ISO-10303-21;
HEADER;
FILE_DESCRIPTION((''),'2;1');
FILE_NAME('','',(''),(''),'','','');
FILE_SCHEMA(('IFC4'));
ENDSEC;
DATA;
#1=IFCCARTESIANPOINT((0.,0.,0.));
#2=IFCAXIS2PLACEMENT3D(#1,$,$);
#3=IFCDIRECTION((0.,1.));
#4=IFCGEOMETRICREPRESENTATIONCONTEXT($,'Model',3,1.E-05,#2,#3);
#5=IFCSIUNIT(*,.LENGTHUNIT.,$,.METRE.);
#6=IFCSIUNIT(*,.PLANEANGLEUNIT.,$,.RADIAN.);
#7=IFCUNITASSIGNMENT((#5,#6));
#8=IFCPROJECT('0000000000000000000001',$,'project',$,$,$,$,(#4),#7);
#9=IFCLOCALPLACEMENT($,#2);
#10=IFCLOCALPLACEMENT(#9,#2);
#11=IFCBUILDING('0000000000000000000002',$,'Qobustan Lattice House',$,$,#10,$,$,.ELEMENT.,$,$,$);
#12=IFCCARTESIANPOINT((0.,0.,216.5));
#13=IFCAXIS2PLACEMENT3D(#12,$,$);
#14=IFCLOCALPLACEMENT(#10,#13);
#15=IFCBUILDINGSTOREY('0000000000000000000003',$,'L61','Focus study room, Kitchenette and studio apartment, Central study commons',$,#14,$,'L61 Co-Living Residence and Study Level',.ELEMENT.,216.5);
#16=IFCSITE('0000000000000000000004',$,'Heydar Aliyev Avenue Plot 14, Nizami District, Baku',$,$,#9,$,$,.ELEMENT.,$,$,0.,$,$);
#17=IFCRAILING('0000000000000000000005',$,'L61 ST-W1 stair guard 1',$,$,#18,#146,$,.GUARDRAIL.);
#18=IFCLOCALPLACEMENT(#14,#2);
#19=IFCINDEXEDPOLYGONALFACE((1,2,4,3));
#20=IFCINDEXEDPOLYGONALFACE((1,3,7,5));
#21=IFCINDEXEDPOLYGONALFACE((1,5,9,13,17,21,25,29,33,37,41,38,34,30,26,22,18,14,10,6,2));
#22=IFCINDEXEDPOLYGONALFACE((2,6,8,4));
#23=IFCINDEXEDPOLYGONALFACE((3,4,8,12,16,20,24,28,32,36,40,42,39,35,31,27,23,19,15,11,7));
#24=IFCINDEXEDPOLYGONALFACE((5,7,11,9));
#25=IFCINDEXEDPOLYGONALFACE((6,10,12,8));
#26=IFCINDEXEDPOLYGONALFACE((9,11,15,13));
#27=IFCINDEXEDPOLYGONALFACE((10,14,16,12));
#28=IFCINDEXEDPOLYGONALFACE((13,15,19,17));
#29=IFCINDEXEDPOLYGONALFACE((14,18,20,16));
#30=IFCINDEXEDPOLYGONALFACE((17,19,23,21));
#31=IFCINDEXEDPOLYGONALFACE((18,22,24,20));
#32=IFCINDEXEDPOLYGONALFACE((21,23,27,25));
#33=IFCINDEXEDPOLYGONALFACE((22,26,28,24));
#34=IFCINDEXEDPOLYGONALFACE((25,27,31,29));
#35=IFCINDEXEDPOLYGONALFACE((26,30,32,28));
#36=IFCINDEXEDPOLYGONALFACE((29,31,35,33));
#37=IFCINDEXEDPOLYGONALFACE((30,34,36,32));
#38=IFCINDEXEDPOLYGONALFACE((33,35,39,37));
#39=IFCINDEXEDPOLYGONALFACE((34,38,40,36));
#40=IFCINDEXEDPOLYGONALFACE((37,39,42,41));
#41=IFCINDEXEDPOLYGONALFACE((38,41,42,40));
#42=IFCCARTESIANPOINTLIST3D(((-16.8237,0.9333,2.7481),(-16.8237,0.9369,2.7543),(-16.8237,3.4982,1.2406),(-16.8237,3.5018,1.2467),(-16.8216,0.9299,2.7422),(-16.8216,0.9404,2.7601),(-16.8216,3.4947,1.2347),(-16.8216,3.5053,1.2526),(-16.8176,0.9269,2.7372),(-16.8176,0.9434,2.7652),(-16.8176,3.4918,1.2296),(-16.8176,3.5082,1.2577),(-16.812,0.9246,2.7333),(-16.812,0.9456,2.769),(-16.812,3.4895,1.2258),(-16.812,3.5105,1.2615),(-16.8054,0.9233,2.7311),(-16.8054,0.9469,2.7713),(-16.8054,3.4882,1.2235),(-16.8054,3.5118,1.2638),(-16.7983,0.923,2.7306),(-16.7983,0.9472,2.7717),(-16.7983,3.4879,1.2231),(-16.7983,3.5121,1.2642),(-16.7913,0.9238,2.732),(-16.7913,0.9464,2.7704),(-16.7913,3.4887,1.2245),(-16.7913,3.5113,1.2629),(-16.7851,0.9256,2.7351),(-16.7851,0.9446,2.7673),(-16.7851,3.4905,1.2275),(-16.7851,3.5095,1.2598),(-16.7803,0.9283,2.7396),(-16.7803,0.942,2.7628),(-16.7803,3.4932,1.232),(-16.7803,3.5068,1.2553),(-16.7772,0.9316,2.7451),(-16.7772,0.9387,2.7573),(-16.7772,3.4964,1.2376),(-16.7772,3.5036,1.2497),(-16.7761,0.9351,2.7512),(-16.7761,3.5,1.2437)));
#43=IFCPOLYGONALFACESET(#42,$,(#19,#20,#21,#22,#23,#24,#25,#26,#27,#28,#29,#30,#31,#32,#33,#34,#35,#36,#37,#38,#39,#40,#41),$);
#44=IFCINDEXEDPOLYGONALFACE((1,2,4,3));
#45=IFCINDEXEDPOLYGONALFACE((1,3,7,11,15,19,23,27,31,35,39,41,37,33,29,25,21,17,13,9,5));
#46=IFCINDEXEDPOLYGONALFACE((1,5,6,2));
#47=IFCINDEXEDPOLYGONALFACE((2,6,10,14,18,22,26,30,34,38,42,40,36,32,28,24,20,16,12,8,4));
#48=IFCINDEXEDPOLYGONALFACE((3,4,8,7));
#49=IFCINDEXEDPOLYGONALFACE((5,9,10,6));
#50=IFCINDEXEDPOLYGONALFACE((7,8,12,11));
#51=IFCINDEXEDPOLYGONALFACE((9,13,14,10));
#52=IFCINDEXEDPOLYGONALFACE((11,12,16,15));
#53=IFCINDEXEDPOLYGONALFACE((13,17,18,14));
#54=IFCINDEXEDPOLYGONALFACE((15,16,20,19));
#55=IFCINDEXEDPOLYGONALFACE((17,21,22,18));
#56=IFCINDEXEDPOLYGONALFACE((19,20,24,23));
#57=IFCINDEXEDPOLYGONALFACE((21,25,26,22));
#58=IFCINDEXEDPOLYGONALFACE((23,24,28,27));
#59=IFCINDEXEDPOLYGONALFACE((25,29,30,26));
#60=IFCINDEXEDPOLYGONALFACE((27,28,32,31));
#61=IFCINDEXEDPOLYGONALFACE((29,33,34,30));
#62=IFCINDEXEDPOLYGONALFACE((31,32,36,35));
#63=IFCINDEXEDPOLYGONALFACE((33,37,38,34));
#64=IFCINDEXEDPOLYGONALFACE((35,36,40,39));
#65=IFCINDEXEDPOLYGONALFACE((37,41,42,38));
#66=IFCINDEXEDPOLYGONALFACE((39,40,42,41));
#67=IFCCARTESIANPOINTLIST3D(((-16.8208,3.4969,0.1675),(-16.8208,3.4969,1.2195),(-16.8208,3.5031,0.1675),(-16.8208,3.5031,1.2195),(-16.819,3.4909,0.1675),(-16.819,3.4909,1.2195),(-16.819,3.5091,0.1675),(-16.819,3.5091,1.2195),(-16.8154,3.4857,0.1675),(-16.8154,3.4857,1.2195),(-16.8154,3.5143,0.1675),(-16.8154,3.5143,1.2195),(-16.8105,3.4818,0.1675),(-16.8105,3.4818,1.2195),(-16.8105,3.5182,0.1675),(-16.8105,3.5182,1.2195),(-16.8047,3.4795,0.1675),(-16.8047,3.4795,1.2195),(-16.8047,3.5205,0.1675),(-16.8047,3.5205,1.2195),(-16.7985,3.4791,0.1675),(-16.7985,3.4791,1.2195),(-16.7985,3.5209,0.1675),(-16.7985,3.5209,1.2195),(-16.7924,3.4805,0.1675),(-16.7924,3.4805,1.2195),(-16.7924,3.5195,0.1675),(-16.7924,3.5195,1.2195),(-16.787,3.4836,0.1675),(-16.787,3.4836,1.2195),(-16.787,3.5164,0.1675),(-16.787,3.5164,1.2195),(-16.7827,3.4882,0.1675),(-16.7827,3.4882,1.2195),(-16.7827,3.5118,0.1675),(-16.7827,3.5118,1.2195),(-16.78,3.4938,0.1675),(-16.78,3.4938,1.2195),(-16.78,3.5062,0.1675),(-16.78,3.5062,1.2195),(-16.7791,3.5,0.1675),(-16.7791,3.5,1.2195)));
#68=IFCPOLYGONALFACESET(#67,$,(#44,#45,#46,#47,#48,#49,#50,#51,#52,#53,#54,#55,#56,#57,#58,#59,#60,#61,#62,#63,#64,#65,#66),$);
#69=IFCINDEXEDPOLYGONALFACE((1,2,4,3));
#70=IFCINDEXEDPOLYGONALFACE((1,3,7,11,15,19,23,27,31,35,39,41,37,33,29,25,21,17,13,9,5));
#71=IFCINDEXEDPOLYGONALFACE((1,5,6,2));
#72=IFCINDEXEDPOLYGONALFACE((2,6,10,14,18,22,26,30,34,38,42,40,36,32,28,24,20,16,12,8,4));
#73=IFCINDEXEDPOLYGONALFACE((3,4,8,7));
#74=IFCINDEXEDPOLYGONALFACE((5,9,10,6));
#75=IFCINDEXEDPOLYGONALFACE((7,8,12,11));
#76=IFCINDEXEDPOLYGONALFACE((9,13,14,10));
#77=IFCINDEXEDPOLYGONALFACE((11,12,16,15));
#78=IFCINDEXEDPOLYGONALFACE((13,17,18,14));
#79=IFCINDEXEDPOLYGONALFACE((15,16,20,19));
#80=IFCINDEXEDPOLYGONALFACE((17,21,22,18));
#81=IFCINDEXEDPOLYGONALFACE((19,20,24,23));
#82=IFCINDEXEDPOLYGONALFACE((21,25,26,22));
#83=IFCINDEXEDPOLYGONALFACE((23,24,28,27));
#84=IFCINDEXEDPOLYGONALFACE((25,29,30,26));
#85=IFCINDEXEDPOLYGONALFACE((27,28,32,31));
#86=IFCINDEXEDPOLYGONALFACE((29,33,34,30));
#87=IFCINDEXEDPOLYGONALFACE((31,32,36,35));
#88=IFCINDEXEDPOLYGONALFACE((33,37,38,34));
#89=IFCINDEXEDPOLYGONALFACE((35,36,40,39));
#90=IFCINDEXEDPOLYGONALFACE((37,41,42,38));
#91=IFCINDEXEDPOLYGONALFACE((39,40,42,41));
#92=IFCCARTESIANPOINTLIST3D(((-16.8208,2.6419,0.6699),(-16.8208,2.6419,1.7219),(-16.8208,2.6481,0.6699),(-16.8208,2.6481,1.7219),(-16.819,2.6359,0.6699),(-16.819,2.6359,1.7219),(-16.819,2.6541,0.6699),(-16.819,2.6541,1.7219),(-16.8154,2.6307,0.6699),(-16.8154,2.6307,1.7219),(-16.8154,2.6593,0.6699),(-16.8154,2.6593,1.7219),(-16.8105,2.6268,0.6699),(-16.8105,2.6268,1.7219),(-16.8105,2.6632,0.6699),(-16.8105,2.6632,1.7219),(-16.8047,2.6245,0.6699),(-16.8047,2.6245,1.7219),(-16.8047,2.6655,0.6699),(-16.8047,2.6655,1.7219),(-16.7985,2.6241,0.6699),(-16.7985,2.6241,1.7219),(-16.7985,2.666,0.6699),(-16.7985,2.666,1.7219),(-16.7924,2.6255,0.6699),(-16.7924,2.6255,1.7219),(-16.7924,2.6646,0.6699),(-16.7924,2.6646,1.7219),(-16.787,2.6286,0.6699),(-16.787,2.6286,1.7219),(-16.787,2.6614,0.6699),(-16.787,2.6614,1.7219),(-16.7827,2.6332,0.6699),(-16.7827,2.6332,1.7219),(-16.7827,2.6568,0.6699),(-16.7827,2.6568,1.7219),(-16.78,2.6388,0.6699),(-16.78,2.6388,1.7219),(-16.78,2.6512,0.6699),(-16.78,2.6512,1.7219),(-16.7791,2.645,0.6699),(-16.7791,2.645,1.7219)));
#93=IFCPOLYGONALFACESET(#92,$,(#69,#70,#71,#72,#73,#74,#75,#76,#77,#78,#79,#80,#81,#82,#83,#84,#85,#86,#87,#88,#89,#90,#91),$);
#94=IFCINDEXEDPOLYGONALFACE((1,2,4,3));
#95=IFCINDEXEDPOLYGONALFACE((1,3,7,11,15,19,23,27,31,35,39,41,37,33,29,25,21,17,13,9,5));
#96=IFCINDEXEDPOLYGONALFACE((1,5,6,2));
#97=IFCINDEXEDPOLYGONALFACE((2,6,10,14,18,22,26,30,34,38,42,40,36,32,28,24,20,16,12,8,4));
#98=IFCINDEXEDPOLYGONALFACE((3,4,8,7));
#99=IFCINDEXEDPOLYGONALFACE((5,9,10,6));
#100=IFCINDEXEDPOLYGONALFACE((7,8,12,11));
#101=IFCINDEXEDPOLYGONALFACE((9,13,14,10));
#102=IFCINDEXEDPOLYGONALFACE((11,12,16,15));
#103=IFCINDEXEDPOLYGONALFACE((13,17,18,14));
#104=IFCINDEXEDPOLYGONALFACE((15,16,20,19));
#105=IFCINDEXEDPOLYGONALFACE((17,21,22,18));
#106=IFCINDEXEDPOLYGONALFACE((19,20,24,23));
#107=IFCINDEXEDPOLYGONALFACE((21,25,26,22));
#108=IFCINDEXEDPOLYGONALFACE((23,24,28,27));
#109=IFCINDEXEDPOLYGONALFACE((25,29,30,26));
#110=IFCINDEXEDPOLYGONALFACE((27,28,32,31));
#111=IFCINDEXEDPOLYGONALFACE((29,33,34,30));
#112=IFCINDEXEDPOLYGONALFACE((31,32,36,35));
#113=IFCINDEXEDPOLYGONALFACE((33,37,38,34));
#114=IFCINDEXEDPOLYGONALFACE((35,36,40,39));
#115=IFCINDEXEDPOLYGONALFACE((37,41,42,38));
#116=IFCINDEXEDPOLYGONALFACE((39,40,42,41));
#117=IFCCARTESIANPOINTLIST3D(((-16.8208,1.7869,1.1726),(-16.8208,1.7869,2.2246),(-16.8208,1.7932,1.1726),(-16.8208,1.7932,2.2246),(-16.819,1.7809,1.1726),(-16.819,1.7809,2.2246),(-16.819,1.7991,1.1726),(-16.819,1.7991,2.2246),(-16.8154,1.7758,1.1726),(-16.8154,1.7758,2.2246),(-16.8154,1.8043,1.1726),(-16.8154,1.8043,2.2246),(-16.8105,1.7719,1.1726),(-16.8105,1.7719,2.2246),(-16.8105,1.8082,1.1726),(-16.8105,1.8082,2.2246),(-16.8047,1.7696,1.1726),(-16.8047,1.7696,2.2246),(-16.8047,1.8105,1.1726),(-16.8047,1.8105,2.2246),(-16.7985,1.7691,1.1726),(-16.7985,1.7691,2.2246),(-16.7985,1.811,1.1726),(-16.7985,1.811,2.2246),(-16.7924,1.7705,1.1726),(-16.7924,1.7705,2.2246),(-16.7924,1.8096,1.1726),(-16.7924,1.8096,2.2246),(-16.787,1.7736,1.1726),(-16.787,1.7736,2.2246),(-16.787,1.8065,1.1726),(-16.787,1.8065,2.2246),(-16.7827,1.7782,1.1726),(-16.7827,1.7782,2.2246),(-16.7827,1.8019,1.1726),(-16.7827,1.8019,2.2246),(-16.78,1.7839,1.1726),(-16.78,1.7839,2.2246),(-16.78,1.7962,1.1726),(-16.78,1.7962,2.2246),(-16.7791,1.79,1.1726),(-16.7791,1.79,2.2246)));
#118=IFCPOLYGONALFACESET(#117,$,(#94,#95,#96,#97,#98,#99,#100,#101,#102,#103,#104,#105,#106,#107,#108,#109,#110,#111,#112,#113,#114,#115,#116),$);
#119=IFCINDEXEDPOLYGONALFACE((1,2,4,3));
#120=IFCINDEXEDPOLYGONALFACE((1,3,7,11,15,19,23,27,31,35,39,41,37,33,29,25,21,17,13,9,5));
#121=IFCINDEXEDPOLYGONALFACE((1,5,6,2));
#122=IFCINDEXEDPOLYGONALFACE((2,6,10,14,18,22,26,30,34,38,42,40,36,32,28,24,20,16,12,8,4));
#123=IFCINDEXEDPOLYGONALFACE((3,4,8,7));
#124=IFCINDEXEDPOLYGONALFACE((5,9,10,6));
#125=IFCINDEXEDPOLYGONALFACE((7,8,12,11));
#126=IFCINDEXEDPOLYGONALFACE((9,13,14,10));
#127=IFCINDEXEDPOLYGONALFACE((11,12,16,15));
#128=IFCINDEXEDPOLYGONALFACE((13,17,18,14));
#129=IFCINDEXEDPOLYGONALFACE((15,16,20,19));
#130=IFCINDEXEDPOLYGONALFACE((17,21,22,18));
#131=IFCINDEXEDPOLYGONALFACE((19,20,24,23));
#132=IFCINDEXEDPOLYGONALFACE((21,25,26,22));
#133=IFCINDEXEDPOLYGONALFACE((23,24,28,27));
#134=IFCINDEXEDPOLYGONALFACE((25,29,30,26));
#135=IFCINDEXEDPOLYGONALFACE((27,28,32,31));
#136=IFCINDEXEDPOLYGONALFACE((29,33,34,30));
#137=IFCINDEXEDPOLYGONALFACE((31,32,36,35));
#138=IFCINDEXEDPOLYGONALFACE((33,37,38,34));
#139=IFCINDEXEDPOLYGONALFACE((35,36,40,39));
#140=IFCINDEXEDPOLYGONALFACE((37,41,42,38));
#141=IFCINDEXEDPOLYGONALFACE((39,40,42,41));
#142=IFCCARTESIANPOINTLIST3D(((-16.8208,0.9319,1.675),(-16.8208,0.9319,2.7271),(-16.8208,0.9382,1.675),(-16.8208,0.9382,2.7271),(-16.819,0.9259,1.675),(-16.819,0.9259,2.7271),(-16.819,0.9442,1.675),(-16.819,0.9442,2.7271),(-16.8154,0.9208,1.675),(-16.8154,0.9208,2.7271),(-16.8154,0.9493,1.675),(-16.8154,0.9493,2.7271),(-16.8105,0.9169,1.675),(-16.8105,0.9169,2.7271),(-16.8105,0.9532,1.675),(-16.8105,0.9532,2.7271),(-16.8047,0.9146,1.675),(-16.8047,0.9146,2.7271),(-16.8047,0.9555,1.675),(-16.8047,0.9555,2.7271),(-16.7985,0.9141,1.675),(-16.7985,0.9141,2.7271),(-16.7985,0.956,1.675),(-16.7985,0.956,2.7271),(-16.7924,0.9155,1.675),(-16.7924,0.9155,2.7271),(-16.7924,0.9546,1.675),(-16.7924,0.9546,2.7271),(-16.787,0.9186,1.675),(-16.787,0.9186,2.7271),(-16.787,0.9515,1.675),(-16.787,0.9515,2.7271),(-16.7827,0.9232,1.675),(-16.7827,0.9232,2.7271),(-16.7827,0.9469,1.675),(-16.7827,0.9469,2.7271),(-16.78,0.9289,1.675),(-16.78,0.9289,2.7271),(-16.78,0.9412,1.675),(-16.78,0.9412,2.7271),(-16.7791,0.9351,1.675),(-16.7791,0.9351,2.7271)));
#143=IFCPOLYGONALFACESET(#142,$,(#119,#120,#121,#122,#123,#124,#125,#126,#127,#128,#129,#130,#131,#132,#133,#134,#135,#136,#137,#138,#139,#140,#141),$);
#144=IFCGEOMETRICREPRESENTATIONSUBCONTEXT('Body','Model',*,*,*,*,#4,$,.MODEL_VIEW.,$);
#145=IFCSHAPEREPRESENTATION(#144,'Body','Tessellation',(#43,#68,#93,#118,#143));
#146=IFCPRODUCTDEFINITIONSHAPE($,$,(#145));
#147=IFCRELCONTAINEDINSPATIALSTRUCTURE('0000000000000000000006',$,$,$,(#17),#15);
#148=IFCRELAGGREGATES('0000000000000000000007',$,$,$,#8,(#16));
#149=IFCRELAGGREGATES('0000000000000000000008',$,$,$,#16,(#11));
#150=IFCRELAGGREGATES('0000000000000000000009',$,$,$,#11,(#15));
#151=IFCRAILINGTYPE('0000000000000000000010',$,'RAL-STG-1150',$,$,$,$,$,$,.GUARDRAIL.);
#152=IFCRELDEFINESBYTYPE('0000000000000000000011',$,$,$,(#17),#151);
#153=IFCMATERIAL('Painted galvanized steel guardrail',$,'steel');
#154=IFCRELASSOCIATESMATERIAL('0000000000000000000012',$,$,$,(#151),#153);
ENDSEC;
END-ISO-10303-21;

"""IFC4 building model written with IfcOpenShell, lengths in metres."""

from ifc_helpers import new_model, si_unit, direction, frame, origin, origin_2d, place, context, subcontext, project, spatial, circle, extrude, material, type_object, element, save


model = new_model("IFC4")

# Units and contexts
model_context = context("Model", 3, precision=1e-05, world=origin(), true_north=direction((0.0, 1.0)))
body_context = subcontext(model_context, "Body", "Model", "MODEL_VIEW")
ifc_project = project(units=[si_unit("LENGTHUNIT", "METRE"), si_unit("PLANEANGLEUNIT", "RADIAN")], contexts=[model_context])

# Site, building, storey
site_placement = place(None, origin())
site = spatial("IfcSite", under=ifc_project, at=site_placement, Name="Heydar Aliyev Avenue Plot 14, Nizami District, Baku", CompositionType="ELEMENT", RefElevation=0.0)
building_placement = place(site_placement, origin())
building = spatial("IfcBuilding", under=site, at=building_placement, Name="Qobustan Lattice House", CompositionType="ELEMENT")
storey_placement = place(building_placement, frame((0.0, 0.0, 216.5)))
storey = spatial("IfcBuildingStorey", under=building, at=storey_placement, Name="L61", Description="Focus study room, Kitchenette and studio apartment, Central study commons", LongName="L61 Co-Living Residence and Study Level", CompositionType="ELEMENT", Elevation=216.5)

# Railing
ifc_material_1 = material(Name="Painted galvanized steel guardrail", Category="steel")
railing_type_1 = type_object("IfcRailingType", Name="RAL-STG-1150", PredefinedType="GUARDRAIL", material=ifc_material_1)
railing_1_placement = place(storey_placement, frame((-16.8, 3.5, 0.1675)))
element("IfcRailing", 1, at=railing_1_placement, inside=storey, type_object=railing_type_1, Name="L61 ST-W1 stair guard 1", PredefinedType="GUARDRAIL", context=body_context, shape_type="SweptSolid", body=[
    extrude(circle(Radius=0.0239, at=origin_2d()), frame((0.0, 0.0, 1.0762), z_axis=(0.0, -0.862113, 0.506715), x_axis=(1.0, 0.0, 0.0)), (0.0, 0.0, 1.0), 2.9751),
    extrude(circle(Radius=0.021, at=origin_2d()), origin(), (0.0, 0.0, 1.0), 1.052),
    extrude(circle(Radius=0.021, at=origin_2d()), frame((0.0, -0.855, 0.5024)), (0.0, 0.0, 1.0), 1.052),
    extrude(circle(Radius=0.021, at=origin_2d()), frame((0.0, -1.71, 1.0051)), (0.0, 0.0, 1.0), 1.052),
    extrude(circle(Radius=0.021, at=origin_2d()), frame((0.0, -2.5649, 1.5076)), (0.0, 0.0, 1.0), 1.052),
])

save(model, "model.ifc")
